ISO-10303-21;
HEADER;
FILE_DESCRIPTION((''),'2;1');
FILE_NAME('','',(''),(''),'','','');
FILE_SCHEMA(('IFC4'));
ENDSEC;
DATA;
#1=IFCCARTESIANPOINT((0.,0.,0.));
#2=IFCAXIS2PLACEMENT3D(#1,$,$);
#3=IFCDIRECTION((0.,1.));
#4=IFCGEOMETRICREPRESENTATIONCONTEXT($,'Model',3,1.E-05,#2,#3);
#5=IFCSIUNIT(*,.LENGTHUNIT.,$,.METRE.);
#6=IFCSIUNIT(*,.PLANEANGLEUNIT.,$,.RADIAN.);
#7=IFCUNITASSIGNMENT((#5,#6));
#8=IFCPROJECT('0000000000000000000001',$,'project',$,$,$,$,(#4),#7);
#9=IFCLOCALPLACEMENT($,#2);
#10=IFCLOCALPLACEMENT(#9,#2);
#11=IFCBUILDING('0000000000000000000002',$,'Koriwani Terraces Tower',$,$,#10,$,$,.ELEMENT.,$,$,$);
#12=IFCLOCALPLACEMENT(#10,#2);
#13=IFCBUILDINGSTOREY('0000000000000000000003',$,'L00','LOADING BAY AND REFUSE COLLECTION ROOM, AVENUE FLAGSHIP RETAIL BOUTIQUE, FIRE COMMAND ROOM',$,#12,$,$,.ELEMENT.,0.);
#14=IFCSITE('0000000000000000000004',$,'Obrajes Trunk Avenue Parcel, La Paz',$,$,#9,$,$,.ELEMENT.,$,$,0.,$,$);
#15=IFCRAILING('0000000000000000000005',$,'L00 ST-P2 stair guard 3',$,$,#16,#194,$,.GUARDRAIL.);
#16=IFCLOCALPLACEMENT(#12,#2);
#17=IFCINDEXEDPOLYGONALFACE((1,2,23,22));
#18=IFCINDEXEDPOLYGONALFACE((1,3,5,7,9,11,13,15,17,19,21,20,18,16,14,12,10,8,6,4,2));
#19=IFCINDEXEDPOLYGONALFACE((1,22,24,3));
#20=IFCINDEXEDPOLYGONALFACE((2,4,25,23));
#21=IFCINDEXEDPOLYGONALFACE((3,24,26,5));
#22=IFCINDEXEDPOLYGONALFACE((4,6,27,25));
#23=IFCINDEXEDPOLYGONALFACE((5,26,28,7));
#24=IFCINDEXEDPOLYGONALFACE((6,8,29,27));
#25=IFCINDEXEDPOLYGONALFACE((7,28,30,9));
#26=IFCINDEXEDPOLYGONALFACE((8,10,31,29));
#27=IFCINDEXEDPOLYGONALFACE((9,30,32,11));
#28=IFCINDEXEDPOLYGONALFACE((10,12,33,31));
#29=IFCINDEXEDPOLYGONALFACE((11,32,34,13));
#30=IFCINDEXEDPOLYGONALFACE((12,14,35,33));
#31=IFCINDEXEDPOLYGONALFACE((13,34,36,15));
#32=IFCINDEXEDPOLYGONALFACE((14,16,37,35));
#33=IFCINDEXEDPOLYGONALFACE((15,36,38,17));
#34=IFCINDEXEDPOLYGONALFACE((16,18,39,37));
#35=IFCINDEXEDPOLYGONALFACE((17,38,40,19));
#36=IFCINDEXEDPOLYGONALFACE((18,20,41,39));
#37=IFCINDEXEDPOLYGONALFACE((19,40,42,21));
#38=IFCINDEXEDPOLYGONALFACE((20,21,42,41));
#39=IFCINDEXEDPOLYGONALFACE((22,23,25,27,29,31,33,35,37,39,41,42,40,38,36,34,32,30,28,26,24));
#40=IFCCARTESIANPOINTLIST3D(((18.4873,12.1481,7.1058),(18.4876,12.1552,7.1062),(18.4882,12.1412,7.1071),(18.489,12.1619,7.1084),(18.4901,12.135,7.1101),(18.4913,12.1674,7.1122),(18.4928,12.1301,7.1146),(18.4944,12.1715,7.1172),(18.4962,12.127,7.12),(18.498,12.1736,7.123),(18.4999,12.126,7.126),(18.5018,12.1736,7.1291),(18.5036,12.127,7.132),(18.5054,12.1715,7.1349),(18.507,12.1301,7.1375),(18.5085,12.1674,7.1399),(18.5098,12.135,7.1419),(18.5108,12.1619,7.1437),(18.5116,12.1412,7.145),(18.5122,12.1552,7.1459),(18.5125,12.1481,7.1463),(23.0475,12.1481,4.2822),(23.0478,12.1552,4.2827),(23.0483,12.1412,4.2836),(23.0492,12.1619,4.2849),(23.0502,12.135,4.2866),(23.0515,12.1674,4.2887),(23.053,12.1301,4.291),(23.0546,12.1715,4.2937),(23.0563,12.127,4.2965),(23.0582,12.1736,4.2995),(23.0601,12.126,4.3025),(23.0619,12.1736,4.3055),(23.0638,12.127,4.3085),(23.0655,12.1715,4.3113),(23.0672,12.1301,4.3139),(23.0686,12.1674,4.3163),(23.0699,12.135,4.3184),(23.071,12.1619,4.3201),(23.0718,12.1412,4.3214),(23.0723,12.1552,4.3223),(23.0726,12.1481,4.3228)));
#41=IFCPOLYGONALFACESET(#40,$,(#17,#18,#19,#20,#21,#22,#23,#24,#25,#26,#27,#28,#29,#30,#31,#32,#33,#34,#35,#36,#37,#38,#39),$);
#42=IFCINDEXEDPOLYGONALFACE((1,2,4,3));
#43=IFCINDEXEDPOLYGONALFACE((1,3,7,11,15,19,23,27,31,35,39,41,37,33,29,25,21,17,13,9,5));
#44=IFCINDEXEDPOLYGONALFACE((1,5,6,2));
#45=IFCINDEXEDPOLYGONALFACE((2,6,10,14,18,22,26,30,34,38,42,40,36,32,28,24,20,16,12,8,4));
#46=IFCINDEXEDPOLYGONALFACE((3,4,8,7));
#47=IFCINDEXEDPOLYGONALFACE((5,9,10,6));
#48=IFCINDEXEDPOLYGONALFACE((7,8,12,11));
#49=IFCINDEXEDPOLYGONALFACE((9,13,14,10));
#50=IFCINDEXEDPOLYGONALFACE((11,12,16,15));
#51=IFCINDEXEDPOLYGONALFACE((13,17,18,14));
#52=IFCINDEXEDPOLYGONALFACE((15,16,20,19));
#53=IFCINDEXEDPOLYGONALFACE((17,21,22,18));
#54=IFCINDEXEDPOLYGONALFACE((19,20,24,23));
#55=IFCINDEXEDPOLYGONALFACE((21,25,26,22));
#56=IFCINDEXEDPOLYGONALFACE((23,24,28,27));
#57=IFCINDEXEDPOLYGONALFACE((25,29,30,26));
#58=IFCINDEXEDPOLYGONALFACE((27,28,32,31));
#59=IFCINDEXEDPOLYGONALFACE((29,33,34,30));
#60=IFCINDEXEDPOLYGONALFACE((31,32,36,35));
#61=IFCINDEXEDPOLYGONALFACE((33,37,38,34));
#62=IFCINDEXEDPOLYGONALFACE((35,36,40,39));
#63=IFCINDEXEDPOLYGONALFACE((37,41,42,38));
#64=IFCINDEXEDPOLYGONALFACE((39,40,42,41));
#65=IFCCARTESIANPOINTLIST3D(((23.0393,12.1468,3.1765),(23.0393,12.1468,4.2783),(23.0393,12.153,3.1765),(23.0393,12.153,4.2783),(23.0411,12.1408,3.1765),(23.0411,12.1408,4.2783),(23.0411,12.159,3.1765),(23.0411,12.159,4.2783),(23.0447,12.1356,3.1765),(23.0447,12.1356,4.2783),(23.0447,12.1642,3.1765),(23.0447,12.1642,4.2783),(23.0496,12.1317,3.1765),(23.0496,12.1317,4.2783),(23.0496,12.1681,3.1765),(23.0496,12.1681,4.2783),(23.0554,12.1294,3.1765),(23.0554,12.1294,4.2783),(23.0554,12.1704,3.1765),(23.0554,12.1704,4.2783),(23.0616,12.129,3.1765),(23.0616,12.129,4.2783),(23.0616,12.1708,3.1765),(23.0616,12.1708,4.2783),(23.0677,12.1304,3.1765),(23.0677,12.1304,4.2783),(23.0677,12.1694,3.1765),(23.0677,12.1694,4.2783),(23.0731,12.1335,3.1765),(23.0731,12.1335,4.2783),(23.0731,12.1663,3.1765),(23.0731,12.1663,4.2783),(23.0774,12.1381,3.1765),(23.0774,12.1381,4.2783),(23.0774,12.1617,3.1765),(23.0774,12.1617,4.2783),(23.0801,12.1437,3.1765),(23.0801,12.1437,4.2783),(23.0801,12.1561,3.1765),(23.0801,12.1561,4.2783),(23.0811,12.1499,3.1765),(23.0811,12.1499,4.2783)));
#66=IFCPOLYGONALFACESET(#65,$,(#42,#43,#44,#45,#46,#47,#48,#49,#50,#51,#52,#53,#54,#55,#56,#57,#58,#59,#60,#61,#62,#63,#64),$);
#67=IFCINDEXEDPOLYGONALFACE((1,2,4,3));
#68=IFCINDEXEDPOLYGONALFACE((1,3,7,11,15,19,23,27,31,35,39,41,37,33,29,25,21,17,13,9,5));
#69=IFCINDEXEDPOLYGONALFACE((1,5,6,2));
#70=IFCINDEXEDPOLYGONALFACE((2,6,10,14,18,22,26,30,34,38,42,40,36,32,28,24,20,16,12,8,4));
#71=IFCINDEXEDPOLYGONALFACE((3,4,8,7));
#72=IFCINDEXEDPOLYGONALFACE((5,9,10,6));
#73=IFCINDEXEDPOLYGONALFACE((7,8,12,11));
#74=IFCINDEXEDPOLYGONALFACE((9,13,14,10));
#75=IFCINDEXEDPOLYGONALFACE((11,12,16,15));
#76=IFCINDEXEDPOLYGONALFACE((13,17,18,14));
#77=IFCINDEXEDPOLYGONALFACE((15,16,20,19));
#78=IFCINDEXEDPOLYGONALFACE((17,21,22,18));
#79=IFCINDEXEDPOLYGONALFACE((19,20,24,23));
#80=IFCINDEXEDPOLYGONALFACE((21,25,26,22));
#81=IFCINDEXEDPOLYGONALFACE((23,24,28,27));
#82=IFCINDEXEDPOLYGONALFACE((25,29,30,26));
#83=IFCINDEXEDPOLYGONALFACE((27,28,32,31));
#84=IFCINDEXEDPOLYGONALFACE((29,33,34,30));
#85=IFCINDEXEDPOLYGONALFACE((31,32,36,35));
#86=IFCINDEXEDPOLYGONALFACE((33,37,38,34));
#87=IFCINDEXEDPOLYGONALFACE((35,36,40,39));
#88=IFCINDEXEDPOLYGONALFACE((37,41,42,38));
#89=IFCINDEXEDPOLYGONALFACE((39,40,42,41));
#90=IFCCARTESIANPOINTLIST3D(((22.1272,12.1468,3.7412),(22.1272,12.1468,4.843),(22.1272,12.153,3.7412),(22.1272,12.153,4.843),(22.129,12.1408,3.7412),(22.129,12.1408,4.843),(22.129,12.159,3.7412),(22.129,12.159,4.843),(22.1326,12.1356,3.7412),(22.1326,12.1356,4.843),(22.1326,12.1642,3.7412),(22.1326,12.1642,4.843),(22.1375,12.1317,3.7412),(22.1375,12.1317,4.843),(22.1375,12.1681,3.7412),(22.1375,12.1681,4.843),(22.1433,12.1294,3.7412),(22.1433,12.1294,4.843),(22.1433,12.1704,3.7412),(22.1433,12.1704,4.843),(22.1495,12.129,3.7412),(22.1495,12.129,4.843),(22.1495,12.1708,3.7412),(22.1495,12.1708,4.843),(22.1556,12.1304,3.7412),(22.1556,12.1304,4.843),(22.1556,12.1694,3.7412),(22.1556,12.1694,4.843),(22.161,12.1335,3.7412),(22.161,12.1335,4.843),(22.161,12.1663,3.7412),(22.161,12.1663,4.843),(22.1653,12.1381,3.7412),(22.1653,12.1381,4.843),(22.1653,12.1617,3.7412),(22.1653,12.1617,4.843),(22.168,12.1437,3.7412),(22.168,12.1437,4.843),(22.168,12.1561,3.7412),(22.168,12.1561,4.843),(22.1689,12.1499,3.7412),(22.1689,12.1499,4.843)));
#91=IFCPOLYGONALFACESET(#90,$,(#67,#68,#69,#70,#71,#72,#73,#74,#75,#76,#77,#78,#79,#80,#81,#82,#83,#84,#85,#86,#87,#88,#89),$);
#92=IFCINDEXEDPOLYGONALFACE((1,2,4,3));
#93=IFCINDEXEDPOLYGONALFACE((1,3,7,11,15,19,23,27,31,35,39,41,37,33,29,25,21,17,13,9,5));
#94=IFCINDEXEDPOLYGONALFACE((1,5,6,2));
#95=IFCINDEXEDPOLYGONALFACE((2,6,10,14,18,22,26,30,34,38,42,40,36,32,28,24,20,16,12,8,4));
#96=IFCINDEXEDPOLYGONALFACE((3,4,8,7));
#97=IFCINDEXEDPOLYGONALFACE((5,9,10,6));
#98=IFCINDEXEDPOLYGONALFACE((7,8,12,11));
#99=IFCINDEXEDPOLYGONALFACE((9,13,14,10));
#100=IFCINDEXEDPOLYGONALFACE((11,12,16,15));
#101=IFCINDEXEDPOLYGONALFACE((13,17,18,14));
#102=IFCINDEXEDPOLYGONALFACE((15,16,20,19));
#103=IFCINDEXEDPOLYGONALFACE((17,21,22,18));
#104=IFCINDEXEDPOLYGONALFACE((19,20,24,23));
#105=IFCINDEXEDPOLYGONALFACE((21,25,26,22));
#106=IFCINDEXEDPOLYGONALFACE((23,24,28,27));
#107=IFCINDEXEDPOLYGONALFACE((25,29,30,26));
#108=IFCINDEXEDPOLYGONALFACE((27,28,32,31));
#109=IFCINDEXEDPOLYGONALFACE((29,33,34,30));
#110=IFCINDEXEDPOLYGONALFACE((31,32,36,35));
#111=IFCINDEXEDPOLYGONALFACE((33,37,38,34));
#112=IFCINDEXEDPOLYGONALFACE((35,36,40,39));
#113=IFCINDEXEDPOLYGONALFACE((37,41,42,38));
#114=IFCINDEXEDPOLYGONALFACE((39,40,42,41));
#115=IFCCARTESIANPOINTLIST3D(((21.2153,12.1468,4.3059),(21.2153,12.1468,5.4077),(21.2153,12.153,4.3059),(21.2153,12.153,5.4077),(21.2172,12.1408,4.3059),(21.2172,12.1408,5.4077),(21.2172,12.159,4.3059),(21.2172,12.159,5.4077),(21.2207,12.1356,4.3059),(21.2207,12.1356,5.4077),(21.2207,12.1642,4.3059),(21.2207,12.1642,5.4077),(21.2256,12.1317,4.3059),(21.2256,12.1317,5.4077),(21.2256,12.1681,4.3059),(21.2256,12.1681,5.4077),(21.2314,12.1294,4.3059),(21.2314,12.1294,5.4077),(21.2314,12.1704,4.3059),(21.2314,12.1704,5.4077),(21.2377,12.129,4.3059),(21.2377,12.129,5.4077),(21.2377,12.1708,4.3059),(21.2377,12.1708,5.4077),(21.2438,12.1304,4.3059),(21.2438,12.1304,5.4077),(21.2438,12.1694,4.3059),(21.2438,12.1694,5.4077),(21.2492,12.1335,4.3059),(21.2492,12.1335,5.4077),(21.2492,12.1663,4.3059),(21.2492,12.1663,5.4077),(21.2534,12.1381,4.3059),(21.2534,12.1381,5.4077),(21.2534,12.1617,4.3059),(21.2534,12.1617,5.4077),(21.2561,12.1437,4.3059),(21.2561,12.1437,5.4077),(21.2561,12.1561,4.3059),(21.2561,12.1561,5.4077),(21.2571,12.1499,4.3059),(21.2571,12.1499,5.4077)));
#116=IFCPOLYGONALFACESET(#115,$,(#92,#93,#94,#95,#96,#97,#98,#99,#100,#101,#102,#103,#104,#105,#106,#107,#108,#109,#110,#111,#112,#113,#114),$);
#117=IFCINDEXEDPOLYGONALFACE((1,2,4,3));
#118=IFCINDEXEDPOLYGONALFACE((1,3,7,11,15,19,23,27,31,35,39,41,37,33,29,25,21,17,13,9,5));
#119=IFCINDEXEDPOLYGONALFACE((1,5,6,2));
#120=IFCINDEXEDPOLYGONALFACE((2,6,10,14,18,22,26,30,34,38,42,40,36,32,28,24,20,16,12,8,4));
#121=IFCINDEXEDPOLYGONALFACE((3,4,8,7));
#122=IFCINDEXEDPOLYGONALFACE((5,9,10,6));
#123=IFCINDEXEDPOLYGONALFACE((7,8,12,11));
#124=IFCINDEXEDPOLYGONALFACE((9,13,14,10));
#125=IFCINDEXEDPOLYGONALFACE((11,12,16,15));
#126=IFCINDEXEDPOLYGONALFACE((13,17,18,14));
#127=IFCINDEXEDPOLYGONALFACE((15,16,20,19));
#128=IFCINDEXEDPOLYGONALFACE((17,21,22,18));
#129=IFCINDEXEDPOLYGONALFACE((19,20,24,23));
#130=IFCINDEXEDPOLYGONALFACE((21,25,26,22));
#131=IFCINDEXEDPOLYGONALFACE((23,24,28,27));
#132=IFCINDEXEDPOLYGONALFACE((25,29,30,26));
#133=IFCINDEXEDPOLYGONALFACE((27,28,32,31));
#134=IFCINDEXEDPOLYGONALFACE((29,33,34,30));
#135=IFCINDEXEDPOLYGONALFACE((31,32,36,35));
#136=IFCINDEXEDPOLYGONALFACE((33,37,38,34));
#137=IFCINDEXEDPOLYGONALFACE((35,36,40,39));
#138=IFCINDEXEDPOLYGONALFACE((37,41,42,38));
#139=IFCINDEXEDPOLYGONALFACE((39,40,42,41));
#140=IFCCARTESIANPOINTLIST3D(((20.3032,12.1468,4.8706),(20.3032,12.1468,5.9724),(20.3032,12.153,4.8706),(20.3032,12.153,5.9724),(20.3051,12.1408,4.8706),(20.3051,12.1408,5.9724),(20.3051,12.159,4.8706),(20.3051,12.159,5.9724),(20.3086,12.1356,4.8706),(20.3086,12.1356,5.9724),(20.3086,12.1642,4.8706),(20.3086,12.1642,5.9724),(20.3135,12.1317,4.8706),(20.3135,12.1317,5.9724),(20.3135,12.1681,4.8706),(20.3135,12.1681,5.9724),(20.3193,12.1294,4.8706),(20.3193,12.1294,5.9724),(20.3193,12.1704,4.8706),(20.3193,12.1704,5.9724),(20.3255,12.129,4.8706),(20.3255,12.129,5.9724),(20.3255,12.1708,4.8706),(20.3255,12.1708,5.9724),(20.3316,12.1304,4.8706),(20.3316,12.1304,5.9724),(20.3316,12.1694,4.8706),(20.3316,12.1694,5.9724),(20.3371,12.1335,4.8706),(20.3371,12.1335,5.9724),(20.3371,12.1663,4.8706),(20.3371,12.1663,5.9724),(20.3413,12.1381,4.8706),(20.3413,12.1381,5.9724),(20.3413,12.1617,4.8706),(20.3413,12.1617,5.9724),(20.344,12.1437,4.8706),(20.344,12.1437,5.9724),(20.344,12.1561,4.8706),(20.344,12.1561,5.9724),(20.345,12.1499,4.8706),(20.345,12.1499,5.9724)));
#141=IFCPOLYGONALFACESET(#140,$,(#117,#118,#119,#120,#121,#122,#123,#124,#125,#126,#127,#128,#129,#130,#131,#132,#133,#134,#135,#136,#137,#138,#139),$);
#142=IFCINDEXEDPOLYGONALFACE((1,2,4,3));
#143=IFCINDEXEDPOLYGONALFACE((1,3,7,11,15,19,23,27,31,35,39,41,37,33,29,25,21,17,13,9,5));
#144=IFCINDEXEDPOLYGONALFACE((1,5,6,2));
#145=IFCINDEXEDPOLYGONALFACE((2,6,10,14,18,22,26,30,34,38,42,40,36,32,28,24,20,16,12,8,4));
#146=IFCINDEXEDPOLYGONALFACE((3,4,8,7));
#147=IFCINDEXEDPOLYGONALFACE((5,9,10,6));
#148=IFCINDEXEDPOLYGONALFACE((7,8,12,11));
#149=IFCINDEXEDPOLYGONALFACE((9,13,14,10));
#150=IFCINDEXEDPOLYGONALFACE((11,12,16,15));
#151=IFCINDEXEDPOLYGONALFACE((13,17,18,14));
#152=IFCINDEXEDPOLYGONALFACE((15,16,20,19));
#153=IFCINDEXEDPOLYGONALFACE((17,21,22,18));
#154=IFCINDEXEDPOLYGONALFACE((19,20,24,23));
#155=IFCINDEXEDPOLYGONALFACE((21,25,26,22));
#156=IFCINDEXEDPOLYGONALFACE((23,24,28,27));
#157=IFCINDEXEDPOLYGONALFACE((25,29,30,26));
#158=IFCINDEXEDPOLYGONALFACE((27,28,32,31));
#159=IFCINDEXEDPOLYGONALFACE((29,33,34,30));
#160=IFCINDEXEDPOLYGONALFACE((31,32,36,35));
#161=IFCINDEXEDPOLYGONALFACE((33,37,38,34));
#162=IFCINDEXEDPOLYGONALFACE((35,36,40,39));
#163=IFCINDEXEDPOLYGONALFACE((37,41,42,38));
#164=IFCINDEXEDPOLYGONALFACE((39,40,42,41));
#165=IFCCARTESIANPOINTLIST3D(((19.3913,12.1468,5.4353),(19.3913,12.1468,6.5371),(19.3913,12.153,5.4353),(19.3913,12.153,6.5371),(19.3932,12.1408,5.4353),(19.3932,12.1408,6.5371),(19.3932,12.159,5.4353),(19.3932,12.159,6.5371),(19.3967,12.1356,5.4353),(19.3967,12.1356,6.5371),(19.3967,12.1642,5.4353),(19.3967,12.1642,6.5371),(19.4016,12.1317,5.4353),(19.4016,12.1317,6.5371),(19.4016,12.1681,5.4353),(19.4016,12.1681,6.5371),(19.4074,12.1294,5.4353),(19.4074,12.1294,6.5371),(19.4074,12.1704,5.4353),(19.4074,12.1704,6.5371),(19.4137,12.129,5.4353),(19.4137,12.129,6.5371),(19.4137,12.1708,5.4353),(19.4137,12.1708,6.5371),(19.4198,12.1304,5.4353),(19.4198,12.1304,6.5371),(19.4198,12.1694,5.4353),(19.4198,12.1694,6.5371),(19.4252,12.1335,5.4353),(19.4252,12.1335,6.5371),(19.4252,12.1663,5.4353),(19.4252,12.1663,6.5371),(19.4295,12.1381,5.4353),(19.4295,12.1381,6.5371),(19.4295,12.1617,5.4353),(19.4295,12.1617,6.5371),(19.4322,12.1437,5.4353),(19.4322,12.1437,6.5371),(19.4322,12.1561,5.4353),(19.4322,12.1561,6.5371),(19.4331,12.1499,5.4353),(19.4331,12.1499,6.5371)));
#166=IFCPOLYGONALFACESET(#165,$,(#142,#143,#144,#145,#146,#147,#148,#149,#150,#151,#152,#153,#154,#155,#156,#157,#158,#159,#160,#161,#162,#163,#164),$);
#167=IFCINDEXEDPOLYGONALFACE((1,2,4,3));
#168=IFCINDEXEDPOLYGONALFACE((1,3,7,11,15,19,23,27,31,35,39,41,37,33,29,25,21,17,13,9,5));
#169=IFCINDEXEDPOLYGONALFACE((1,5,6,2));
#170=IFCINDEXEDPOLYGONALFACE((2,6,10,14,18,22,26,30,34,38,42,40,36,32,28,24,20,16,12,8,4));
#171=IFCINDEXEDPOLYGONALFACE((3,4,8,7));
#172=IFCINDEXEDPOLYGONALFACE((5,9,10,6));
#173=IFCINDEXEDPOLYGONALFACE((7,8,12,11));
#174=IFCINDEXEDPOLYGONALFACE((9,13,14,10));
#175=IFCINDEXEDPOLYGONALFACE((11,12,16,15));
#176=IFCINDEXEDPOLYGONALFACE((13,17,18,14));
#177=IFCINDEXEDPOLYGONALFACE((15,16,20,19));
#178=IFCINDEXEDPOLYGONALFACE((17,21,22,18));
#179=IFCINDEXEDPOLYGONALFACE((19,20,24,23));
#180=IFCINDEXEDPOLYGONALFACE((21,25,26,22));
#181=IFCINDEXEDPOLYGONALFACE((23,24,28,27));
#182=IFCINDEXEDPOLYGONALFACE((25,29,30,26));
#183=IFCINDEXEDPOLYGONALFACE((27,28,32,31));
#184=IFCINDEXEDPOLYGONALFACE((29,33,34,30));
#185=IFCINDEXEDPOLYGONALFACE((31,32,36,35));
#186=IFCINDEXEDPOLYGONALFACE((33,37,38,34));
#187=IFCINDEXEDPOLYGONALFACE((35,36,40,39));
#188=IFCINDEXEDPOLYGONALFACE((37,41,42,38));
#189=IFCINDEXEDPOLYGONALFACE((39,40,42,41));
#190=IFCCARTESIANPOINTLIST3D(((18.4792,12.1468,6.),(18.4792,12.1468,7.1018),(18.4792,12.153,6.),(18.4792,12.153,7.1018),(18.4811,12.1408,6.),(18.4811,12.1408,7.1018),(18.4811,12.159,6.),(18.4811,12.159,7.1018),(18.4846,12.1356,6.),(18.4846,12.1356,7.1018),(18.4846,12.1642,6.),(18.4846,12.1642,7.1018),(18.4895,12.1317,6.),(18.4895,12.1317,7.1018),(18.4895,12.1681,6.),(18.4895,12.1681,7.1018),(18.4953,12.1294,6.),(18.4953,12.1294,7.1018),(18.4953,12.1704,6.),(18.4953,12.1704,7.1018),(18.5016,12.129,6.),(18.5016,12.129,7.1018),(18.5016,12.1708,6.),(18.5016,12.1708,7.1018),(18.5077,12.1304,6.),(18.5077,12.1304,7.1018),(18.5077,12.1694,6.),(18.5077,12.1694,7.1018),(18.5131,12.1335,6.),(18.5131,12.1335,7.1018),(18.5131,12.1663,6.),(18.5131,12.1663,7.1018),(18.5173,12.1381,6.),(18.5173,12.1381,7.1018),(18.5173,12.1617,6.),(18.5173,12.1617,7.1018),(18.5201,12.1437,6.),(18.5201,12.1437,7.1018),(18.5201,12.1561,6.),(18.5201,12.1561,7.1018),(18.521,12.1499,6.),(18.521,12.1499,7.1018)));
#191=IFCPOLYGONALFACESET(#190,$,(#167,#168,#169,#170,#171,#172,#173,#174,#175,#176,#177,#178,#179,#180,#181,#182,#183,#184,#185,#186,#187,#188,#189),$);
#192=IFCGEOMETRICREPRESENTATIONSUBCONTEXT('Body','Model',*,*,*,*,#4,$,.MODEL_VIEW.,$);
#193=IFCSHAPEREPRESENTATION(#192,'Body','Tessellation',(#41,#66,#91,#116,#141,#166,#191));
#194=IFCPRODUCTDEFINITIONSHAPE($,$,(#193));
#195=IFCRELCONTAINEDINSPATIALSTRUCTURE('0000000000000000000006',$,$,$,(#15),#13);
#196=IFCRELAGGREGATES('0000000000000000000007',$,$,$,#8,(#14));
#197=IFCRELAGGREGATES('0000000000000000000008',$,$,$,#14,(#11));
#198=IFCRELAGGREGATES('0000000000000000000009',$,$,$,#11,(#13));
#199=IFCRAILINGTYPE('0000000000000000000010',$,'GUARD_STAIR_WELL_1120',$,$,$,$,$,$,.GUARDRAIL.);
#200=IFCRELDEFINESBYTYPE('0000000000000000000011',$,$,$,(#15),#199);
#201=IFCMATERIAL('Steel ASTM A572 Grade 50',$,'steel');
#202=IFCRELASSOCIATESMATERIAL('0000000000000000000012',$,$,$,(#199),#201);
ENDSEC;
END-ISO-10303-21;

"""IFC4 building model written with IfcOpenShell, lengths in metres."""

from ifc_helpers import new_model, si_unit, direction, frame, origin, origin_2d, place, context, subcontext, project, spatial, circle, extrude, material, type_object, element, save


model = new_model("IFC4")

# Units and contexts
model_context = context("Model", 3, precision=1e-05, world=origin(), true_north=direction((0.0, 1.0)))
body_context = subcontext(model_context, "Body", "Model", "MODEL_VIEW")
ifc_project = project(units=[si_unit("LENGTHUNIT", "METRE"), si_unit("PLANEANGLEUNIT", "RADIAN")], contexts=[model_context])

# Site, building, storey
site_placement = place(None, origin())
site = spatial("IfcSite", under=ifc_project, at=site_placement, Name="Obrajes Trunk Avenue Parcel, La Paz", CompositionType="ELEMENT", RefElevation=0.0)
building_placement = place(site_placement, origin())
building = spatial("IfcBuilding", under=site, at=building_placement, Name="Koriwani Terraces Tower", CompositionType="ELEMENT")
storey_placement = place(building_placement, origin())
storey = spatial("IfcBuildingStorey", under=building, at=storey_placement, Name="L00", Description="LOADING BAY AND REFUSE COLLECTION ROOM, AVENUE FLAGSHIP RETAIL BOUTIQUE, FIRE COMMAND ROOM", CompositionType="ELEMENT", Elevation=0.0)

# Shared definitions
ifc_material_1 = material(Name="Steel ASTM A572 Grade 50", Category="steel")

# Railing
railing_type_1 = type_object("IfcRailingType", Name="GUARD_STAIR_WELL_1120", PredefinedType="GUARDRAIL", material=ifc_material_1)
railing_1_placement = place(storey_placement, frame((23.0601, 12.1499, 3.1765)))
element("IfcRailing", 1, at=railing_1_placement, inside=storey, type_object=railing_type_1, Name="L00 ST-P2 stair guard 3", PredefinedType="GUARDRAIL", context=body_context, shape_type="SweptSolid", body=[
    extrude(circle(Radius=0.0239, at=origin_2d()), frame((0.0, 0.0, 1.126), z_axis=(-0.850216, 0.0, 0.526435), x_axis=(0.0, -1.0, 0.0)), (0.0, 0.0, 1.0), 5.3635),
    extrude(circle(Radius=0.021, at=origin_2d()), origin(), (0.0, 0.0, 1.0), 1.1018),
    extrude(circle(Radius=0.021, at=origin_2d()), frame((-0.9121, 0.0, 0.5647)), (0.0, 0.0, 1.0), 1.1018),
    extrude(circle(Radius=0.021, at=origin_2d()), frame((-1.824, 0.0, 1.1294)), (0.0, 0.0, 1.0), 1.1018),
    extrude(circle(Radius=0.021, at=origin_2d()), frame((-2.7361, 0.0, 1.6941)), (0.0, 0.0, 1.0), 1.1018),
    extrude(circle(Radius=0.021, at=origin_2d()), frame((-3.6479, 0.0, 2.2588)), (0.0, 0.0, 1.0), 1.1018),
    extrude(circle(Radius=0.021, at=origin_2d()), frame((-4.5601, 0.0, 2.8235)), (0.0, 0.0, 1.0), 1.1018),
])

save(model, "model.ifc")
